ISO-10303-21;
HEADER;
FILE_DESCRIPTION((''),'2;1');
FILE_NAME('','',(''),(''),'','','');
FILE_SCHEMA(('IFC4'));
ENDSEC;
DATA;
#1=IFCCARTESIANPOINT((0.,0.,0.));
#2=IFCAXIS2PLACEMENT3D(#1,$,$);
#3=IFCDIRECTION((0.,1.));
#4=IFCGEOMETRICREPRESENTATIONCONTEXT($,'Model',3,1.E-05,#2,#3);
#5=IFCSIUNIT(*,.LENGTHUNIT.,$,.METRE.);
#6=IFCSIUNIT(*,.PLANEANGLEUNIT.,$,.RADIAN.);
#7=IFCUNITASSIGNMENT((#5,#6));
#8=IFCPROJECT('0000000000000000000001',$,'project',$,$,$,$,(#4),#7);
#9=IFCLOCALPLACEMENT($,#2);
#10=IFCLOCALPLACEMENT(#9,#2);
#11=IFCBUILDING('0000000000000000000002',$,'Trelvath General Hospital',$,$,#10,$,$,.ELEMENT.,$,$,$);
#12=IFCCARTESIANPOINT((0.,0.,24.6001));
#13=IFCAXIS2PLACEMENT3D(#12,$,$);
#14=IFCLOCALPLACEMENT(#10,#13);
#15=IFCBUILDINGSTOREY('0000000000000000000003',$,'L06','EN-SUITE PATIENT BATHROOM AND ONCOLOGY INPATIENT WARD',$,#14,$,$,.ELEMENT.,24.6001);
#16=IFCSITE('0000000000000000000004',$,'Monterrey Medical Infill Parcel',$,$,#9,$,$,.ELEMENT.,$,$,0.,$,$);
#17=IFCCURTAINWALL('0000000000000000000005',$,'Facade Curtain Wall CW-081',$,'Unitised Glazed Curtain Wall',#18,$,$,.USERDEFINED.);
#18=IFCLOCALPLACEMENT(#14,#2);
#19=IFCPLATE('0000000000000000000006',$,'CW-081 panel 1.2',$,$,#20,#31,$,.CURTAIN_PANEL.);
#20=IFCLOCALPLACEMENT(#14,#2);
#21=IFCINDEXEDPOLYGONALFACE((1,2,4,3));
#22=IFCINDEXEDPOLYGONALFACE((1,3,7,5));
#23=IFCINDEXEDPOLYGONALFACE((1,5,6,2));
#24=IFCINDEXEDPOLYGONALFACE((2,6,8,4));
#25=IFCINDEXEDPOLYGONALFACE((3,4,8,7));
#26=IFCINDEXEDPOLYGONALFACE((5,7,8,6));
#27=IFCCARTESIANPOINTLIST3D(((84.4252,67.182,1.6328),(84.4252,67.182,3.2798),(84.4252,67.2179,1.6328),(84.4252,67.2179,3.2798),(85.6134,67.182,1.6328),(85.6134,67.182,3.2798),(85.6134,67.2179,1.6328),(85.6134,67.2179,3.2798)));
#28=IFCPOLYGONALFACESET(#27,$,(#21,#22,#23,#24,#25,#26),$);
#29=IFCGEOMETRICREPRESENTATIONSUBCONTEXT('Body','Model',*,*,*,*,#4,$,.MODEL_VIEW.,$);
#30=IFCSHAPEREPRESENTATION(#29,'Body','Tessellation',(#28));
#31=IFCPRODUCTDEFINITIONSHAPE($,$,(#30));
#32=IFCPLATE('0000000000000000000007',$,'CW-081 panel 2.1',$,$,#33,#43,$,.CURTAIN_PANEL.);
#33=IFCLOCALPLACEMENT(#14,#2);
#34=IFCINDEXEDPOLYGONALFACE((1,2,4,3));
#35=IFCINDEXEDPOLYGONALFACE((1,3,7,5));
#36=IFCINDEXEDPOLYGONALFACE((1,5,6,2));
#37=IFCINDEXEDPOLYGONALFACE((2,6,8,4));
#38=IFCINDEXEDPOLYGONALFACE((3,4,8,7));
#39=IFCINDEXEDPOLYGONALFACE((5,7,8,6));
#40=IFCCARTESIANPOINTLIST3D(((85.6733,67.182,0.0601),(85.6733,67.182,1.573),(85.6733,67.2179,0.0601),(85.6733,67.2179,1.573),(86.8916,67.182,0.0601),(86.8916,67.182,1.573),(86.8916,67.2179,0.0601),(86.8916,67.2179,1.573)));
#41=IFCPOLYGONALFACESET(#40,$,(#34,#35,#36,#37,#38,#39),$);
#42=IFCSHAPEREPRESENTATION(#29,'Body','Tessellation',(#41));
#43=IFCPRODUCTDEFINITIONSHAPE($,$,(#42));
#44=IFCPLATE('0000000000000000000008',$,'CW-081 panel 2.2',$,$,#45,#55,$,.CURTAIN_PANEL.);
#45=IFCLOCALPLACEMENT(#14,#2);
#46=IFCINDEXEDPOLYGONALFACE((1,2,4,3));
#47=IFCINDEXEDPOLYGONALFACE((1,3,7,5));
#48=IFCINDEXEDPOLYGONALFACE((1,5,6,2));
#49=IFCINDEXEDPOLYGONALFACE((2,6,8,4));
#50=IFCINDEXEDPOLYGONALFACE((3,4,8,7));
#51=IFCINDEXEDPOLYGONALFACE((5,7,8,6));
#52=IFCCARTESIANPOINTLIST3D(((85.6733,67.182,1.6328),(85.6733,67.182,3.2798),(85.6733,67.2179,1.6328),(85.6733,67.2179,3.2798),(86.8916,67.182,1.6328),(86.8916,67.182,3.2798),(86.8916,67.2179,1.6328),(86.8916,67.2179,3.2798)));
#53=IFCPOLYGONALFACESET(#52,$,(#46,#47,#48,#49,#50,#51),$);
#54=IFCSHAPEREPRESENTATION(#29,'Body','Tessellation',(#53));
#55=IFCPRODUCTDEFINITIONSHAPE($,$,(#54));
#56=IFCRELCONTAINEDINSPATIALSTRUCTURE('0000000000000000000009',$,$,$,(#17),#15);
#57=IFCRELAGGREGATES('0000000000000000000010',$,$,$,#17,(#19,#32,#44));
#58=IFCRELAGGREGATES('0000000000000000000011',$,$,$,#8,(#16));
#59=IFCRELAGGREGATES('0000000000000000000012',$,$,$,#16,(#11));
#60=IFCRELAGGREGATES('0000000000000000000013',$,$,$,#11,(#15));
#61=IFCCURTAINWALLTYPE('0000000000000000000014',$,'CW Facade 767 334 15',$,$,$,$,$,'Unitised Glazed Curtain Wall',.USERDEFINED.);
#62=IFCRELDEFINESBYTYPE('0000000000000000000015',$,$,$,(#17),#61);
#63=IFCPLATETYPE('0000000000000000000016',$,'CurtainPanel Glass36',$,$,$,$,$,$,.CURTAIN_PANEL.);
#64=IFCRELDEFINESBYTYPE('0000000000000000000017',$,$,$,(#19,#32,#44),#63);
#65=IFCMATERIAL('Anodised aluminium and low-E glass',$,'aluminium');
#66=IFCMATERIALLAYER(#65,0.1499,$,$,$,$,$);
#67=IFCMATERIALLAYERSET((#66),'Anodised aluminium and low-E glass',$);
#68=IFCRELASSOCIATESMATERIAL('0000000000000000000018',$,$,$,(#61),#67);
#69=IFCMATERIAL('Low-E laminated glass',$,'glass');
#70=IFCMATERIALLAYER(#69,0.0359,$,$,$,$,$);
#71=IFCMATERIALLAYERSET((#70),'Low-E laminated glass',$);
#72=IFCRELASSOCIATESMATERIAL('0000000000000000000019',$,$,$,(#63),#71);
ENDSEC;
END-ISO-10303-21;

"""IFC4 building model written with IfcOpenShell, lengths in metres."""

from ifc_helpers import new_model, si_unit, direction, frame, origin, origin_2d, place, context, subcontext, project, spatial, rectangle, extrude, material, layer, layer_set, type_object, element, aggregate, save


model = new_model("IFC4")

# Units and contexts
model_context = context("Model", 3, precision=1e-05, world=origin(), true_north=direction((0.0, 1.0)))
body_context = subcontext(model_context, "Body", "Model", "MODEL_VIEW")
ifc_project = project(units=[si_unit("LENGTHUNIT", "METRE"), si_unit("PLANEANGLEUNIT", "RADIAN")], contexts=[model_context])

# Site, building, storey
site_placement = place(None, origin())
site = spatial("IfcSite", under=ifc_project, at=site_placement, Name="Monterrey Medical Infill Parcel", CompositionType="ELEMENT", RefElevation=0.0)
building_placement = place(site_placement, origin())
building = spatial("IfcBuilding", under=site, at=building_placement, Name="Trelvath General Hospital", CompositionType="ELEMENT")
storey_placement = place(building_placement, frame((0.0, 0.0, 24.6001)))
storey = spatial("IfcBuildingStorey", under=building, at=storey_placement, Name="L06", Description="EN-SUITE PATIENT BATHROOM AND ONCOLOGY INPATIENT WARD", CompositionType="ELEMENT", Elevation=24.6001)

# Curtain wall
ifc_material_1 = material(Name="Anodised aluminium and low-E glass", Category="aluminium")
ifc_layer_1 = layer(ifc_material_1, 0.1499)
ifc_layer_set_1 = layer_set([ifc_layer_1], Name="Anodised aluminium and low-E glass")
curtain_wall_type = type_object("IfcCurtainWallType", Name="CW Facade 767 334 15", ElementType="Unitised Glazed Curtain Wall", PredefinedType="USERDEFINED", material=ifc_layer_set_1)
curtain_wall_1_placement = place(storey_placement, origin())
curtain_wall_1 = element("IfcCurtainWall", 1, at=curtain_wall_1_placement, inside=storey, type_object=curtain_wall_type, Name="Facade Curtain Wall CW-081", ObjectType="Unitised Glazed Curtain Wall", PredefinedType="USERDEFINED")

# Plates
ifc_material_2 = material(Name="Low-E laminated glass", Category="glass")
ifc_layer_2 = layer(ifc_material_2, 0.0359)
ifc_layer_set_2 = layer_set([ifc_layer_2], Name="Low-E laminated glass")
plate_type = type_object("IfcPlateType", Name="CurtainPanel Glass36", PredefinedType="CURTAIN_PANEL", material=ifc_layer_set_2)
plate_1_placement = place(storey_placement, frame((85.0193, 67.2, 1.6328), z_axis=(0.0, 0.0, 1.0), x_axis=(1.0, 0.0, 0.0)))
plate_1 = element("IfcPlate", 2, at=plate_1_placement, type_object=plate_type, Name="CW-081 panel 1.2", PredefinedType="CURTAIN_PANEL", context=body_context, shape_type="SweptSolid", body=[
    extrude(rectangle(XDim=1.1882, YDim=0.0359, at=origin_2d()), origin(), (0.0, 0.0, 1.0), 1.647),
])
plate_2_placement = place(storey_placement, frame((86.2825, 67.2, 0.0601), z_axis=(0.0, 0.0, 1.0), x_axis=(1.0, 0.0, 0.0)))
plate_2 = element("IfcPlate", 3, at=plate_2_placement, type_object=plate_type, Name="CW-081 panel 2.1", PredefinedType="CURTAIN_PANEL", context=body_context, shape_type="SweptSolid", body=[
    extrude(rectangle(XDim=1.2183, YDim=0.0359, at=origin_2d()), origin(), (0.0, 0.0, 1.0), 1.5129),
])
plate_3_placement = place(storey_placement, frame((86.2825, 67.2, 1.6328), z_axis=(0.0, 0.0, 1.0), x_axis=(1.0, 0.0, 0.0)))
plate_3 = element("IfcPlate", 4, at=plate_3_placement, type_object=plate_type, Name="CW-081 panel 2.2", PredefinedType="CURTAIN_PANEL", context=body_context, shape_type="SweptSolid", body=[
    extrude(rectangle(XDim=1.2183, YDim=0.0359, at=origin_2d()), origin(), (0.0, 0.0, 1.0), 1.647),
])
aggregate(curtain_wall_1, [plate_1, plate_2, plate_3])

save(model, "model.ifc")
